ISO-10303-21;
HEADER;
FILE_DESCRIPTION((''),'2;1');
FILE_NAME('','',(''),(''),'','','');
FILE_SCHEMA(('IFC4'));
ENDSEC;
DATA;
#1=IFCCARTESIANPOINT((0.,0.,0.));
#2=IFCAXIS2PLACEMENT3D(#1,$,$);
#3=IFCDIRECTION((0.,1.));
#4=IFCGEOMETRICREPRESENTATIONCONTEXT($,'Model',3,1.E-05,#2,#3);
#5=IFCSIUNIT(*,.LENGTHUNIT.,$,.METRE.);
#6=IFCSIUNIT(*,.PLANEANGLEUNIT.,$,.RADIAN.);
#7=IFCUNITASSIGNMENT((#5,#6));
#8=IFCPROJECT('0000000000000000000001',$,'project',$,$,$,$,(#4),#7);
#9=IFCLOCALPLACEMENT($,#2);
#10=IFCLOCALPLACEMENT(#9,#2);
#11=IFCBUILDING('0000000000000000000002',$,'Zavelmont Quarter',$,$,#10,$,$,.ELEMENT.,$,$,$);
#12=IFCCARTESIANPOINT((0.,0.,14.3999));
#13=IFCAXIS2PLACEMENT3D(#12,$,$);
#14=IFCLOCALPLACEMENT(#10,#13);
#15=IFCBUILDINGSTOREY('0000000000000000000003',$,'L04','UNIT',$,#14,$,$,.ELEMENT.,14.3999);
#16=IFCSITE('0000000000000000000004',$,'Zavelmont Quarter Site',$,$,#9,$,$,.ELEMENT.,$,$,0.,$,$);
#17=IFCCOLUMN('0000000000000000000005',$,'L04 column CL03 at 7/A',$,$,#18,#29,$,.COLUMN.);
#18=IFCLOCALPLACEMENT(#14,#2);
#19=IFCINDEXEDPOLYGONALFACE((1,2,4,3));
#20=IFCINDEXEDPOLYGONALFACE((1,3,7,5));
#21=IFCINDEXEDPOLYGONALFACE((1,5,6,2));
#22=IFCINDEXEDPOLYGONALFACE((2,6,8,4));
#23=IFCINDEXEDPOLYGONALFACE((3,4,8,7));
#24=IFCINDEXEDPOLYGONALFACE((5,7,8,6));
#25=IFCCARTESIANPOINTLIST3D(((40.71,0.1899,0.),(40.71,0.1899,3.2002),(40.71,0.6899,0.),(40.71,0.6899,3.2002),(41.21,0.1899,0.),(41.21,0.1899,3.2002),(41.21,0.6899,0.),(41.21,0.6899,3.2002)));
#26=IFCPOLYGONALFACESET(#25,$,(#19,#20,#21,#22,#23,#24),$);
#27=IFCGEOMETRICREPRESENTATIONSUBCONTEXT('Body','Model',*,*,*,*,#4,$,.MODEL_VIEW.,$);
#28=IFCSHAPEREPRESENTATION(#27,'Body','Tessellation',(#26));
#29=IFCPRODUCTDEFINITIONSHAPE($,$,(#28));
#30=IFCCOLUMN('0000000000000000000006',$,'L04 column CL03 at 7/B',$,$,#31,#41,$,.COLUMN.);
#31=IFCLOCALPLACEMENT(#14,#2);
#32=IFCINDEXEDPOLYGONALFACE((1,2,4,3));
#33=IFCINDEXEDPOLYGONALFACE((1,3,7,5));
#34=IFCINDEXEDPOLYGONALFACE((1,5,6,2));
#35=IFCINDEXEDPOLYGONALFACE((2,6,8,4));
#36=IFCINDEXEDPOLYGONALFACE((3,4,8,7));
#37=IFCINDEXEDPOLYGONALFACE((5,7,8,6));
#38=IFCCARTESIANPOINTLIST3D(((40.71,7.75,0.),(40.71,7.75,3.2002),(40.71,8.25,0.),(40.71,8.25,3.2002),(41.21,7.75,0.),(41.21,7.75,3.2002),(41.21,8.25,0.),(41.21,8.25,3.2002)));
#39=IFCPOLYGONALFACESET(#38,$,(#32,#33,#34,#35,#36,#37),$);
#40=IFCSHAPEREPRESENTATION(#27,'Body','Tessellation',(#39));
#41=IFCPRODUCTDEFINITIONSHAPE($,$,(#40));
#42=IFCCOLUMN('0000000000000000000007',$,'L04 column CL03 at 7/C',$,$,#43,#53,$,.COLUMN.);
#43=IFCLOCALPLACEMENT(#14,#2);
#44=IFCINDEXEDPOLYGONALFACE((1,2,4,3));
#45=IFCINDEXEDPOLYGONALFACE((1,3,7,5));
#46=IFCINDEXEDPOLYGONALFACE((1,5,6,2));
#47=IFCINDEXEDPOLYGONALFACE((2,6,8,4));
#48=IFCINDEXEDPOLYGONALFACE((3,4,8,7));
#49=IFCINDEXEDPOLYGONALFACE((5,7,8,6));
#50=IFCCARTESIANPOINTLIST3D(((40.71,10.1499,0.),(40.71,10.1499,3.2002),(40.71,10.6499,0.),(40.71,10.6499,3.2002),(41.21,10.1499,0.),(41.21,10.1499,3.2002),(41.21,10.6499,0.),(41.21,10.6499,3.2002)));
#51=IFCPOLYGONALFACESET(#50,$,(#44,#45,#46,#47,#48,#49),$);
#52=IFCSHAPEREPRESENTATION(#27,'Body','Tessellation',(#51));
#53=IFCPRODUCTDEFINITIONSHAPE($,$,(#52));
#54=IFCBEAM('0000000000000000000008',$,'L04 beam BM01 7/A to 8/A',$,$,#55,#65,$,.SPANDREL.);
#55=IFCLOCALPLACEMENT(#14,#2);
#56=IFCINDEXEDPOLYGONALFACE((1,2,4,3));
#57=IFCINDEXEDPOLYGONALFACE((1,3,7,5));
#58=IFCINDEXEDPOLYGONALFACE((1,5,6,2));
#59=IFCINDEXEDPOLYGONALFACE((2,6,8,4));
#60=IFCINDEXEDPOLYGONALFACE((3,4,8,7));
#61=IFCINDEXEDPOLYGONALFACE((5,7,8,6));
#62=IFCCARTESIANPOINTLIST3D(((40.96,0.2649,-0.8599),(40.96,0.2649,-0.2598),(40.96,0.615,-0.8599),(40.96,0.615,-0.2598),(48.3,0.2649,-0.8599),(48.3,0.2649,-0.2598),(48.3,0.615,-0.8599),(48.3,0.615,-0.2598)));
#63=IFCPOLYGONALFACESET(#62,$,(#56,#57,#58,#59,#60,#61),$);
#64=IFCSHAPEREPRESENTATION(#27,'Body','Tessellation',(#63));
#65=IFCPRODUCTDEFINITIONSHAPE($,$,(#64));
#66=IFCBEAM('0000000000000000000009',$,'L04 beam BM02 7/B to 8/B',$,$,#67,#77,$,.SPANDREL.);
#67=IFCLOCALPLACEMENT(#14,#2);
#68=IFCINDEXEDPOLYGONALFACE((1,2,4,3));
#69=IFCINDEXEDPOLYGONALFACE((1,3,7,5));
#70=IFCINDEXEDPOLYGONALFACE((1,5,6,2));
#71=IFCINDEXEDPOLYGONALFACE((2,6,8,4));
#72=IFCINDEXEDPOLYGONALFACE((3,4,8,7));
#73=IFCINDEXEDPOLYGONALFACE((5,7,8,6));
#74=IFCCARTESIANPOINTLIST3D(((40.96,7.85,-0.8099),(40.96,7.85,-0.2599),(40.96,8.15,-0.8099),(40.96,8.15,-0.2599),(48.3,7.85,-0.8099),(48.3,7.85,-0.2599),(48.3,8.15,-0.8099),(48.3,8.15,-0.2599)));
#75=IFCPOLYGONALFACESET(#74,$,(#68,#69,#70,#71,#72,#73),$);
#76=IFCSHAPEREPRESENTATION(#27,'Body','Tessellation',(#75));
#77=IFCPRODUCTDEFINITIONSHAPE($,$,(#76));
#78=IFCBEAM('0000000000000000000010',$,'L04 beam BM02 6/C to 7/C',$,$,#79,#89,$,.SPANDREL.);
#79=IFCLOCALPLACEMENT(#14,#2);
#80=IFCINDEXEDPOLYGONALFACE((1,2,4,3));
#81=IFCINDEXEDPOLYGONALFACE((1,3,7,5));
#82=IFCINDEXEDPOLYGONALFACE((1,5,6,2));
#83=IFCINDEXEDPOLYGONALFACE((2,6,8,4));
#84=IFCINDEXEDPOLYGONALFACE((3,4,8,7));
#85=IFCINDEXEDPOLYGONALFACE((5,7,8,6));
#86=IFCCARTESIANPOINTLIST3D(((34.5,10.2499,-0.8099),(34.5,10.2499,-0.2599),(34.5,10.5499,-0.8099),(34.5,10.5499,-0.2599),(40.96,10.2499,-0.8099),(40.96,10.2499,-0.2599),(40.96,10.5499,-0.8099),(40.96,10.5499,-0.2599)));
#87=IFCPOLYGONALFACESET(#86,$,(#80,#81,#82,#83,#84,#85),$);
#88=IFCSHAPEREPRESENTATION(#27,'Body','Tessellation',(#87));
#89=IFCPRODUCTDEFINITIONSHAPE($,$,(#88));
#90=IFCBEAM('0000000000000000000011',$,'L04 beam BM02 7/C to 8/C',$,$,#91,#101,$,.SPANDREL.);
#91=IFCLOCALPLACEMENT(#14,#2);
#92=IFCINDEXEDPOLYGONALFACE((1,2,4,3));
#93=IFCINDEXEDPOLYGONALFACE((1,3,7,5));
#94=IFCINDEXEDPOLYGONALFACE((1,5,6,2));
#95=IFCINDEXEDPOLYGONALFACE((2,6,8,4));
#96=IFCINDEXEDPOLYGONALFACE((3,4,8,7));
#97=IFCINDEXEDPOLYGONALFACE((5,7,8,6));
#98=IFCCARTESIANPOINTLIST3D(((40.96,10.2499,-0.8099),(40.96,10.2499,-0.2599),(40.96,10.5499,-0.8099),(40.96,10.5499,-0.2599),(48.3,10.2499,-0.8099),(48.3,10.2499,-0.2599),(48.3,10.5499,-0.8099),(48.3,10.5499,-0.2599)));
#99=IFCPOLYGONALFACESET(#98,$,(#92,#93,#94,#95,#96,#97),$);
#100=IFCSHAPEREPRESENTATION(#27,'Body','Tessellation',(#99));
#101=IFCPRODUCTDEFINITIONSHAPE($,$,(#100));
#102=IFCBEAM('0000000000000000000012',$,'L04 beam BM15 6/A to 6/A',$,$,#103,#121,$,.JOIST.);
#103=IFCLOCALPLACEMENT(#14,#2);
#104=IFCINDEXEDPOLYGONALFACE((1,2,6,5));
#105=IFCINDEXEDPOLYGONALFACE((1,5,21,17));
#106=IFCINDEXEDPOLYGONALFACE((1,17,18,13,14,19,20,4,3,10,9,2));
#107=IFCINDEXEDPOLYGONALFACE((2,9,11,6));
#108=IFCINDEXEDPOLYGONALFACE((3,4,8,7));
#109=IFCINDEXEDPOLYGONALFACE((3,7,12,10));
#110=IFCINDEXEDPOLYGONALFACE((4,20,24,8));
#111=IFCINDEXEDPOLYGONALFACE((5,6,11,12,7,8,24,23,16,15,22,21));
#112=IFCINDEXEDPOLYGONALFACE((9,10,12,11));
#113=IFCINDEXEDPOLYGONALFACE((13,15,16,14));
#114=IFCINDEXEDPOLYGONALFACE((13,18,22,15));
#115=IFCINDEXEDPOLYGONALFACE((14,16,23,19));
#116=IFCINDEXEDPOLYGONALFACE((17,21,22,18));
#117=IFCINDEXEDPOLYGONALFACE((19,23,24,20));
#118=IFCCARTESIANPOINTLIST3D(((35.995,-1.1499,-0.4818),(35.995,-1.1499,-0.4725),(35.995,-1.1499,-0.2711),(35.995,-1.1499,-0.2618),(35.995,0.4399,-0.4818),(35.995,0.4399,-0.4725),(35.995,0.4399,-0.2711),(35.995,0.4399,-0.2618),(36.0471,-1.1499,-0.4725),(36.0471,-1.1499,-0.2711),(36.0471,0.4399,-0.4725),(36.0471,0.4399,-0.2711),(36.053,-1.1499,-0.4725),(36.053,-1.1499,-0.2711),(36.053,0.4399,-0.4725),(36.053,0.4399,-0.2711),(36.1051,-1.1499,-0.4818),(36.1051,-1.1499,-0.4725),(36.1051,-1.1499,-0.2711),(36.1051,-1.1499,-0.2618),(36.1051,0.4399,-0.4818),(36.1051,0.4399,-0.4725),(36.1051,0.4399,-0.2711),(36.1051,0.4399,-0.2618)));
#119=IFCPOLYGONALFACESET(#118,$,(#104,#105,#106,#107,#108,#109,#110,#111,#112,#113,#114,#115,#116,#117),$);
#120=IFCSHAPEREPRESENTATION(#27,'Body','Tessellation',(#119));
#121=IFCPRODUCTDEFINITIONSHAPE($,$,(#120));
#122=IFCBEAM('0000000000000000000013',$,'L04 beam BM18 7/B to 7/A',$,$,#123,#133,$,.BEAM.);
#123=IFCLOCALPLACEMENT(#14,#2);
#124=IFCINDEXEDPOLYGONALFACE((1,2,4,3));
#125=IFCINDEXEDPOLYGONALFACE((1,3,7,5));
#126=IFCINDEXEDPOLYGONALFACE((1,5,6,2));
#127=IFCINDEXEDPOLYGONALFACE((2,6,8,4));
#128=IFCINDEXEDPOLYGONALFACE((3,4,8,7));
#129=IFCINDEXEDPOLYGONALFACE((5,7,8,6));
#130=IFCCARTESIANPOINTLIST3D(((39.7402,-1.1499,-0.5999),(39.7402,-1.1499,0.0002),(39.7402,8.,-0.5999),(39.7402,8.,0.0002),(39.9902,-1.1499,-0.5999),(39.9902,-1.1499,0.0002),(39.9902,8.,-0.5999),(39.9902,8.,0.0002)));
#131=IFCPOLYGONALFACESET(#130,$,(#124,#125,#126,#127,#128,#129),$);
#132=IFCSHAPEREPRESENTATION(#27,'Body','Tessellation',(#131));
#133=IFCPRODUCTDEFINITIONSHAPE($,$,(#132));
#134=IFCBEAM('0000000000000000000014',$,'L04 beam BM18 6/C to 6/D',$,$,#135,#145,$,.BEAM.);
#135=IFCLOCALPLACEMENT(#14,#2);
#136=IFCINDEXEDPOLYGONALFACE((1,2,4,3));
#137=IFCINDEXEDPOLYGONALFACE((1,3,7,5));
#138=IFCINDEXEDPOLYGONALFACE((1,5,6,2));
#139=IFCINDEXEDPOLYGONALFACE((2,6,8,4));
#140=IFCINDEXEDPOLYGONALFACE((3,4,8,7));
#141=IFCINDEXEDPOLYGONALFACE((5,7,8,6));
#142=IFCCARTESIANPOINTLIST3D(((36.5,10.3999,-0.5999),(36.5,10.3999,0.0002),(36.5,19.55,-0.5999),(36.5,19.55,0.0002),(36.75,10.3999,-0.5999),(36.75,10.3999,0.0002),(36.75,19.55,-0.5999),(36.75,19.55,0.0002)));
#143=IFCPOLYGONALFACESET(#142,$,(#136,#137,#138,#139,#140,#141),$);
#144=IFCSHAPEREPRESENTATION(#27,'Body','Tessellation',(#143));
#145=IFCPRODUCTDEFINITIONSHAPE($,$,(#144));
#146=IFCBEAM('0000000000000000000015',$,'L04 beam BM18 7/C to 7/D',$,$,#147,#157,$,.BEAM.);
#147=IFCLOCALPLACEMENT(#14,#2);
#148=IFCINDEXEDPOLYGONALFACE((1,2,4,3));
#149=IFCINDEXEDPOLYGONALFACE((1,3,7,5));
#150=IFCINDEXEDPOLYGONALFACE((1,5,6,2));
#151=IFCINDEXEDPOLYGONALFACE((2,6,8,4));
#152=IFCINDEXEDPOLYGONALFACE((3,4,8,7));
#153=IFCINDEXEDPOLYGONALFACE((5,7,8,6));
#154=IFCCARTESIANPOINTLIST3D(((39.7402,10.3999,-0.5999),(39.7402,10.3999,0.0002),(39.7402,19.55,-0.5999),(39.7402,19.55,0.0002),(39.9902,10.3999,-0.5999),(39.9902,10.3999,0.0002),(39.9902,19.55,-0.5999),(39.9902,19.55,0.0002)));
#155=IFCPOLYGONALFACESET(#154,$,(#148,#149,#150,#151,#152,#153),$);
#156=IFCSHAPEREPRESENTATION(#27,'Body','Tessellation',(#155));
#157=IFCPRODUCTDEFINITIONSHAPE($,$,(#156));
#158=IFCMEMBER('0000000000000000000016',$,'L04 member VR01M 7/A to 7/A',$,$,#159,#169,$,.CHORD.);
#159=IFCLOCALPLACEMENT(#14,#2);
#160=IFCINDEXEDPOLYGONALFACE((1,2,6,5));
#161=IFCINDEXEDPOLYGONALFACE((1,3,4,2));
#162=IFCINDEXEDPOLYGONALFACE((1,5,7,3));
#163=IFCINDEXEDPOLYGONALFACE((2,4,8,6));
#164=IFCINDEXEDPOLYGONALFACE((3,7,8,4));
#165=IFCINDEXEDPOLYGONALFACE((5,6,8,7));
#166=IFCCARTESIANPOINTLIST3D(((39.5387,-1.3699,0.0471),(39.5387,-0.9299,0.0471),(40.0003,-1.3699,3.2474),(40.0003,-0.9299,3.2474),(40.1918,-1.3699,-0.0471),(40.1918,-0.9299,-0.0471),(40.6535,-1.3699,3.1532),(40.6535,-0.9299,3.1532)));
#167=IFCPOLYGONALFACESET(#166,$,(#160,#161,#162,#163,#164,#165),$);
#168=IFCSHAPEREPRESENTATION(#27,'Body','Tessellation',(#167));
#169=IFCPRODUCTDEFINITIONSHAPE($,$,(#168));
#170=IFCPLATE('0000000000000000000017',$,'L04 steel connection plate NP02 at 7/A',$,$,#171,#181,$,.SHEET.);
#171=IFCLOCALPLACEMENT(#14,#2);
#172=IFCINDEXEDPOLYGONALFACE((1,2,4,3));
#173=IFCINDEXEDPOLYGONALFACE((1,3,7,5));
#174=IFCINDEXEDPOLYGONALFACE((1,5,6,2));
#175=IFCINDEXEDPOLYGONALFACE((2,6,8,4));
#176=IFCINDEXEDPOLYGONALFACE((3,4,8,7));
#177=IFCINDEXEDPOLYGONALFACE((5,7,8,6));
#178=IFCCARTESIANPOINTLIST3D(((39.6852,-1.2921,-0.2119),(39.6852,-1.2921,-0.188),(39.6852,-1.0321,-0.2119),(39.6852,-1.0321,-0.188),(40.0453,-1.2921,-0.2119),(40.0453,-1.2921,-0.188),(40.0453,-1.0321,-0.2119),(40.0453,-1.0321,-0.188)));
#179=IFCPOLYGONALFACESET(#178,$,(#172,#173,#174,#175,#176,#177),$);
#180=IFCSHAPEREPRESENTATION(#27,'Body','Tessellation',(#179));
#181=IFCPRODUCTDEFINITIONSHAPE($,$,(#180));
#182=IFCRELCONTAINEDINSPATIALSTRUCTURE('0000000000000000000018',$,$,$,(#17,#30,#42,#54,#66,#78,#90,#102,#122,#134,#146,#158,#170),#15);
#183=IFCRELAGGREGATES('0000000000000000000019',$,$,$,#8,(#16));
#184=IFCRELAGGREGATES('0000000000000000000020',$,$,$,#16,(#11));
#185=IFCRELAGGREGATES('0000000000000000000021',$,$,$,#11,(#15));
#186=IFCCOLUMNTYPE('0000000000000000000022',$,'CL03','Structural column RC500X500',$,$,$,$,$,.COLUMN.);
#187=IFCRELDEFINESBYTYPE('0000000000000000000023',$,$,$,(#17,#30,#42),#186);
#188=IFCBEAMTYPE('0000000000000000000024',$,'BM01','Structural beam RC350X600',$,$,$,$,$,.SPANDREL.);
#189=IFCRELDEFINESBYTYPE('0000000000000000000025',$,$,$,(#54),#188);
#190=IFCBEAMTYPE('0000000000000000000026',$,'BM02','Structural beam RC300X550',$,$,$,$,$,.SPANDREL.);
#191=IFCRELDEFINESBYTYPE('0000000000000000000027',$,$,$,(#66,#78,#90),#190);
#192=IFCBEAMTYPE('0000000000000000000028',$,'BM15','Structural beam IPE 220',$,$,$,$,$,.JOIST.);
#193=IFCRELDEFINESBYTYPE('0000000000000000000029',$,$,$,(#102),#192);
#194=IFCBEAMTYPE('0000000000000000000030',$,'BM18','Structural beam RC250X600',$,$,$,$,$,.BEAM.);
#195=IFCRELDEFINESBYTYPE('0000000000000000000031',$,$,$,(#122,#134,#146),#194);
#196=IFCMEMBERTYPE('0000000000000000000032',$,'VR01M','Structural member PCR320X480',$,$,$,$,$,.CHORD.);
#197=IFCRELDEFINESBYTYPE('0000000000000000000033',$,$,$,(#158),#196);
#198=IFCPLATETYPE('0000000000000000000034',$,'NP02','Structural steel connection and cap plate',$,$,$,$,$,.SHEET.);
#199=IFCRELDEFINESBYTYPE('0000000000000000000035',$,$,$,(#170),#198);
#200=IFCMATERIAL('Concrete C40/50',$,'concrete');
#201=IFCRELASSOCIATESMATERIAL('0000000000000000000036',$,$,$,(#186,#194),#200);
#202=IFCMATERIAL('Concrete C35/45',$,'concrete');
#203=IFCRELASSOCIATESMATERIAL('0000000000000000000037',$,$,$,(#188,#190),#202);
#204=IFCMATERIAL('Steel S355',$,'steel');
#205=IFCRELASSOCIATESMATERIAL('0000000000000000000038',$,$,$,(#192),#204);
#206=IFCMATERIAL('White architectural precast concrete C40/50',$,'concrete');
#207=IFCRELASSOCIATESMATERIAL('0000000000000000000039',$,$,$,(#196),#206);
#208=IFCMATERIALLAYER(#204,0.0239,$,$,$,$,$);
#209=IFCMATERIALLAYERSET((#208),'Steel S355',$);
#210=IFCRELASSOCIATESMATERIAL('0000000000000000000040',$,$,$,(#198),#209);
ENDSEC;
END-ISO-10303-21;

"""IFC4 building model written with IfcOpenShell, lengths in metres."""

from ifc_helpers import new_model, si_unit, direction, frame, origin, origin_2d, place, context, subcontext, project, spatial, rectangle, i_section, extrude, material, layer, layer_set, material_profile, profile_set, type_object, element, save


model = new_model("IFC4")

# Units and contexts
model_context = context("Model", 3, precision=1e-05, world=origin(), true_north=direction((0.0, 1.0)))
body_context = subcontext(model_context, "Body", "Model", "MODEL_VIEW")
ifc_project = project(units=[si_unit("LENGTHUNIT", "METRE"), si_unit("PLANEANGLEUNIT", "RADIAN")], contexts=[model_context])

# Site, building, storey
site_placement = place(None, origin())
site = spatial("IfcSite", under=ifc_project, at=site_placement, Name="Zavelmont Quarter Site", CompositionType="ELEMENT", RefElevation=0.0)
building_placement = place(site_placement, origin())
building = spatial("IfcBuilding", under=site, at=building_placement, Name="Zavelmont Quarter", CompositionType="ELEMENT")
storey_placement = place(building_placement, frame((0.0, 0.0, 14.3999)))
storey = spatial("IfcBuildingStorey", under=building, at=storey_placement, Name="L04", Description="UNIT", CompositionType="ELEMENT", Elevation=14.3999)

# Columns
ifc_material_1 = material(Name="Concrete C40/50", Category="concrete")
ifc_material_profile_1 = material_profile(ifc_material_1, rectangle(XDim=0.5, YDim=0.5, at=origin_2d()), Name="RC500X500")
ifc_profile_set_1 = profile_set([ifc_material_profile_1], Name="Concrete C40/50")
column_type = type_object("IfcColumnType", Name="CL03", Description="Structural column RC500X500", PredefinedType="COLUMN", material=ifc_profile_set_1)
for number, where, z_axis, x_axis, name in (
    (1, (40.96, 0.4399, 0.0), (0.0, 0.0, 1.0), (1.0, 0.0, 0.0), "L04 column CL03 at 7/A"),
    (2, (40.96, 8.0, 0.0), (0.0, 0.0, 1.0), (1.0, 0.0, 0.0), "L04 column CL03 at 7/B"),
    (3, (40.96, 10.3999, 0.0), (0.0, 0.0, 1.0), (1.0, 0.0, 0.0), "L04 column CL03 at 7/C"),
):
    element("IfcColumn", number, at=place(storey_placement, frame(where, z_axis=z_axis, x_axis=x_axis)), inside=storey, type_object=column_type, Name=name, PredefinedType="COLUMN", context=body_context, shape_type="SweptSolid", body=[
        extrude(rectangle(XDim=0.5, YDim=0.5, at=origin_2d()), origin(), (0.0, 0.0, 1.0), 3.2002),
    ])

# Beams
ifc_material_2 = material(Name="Concrete C35/45", Category="concrete")
ifc_material_profile_2 = material_profile(ifc_material_2, rectangle(XDim=0.3501, YDim=0.6001, at=origin_2d()), Name="RC350X600")
ifc_profile_set_2 = profile_set([ifc_material_profile_2], Name="Concrete C35/45")
beam_type_1 = type_object("IfcBeamType", Name="BM01", Description="Structural beam RC350X600", PredefinedType="SPANDREL", material=ifc_profile_set_2)
beam_1_placement = place(storey_placement, frame((40.96, 0.4399, -0.5598), z_axis=(1.0, 0.0, 0.0), x_axis=(0.0, 1.0, 0.0)))
element("IfcBeam", 4, at=beam_1_placement, inside=storey, type_object=beam_type_1, Name="L04 beam BM01 7/A to 8/A", PredefinedType="SPANDREL", context=body_context, shape_type="SweptSolid", body=[
    extrude(rectangle(XDim=0.3501, YDim=0.6001, at=origin_2d()), origin(), (0.0, 0.0, 1.0), 7.3401),
])
ifc_material_profile_3 = material_profile(ifc_material_2, rectangle(XDim=0.3, YDim=0.55, at=origin_2d()), Name="RC300X550")
ifc_profile_set_3 = profile_set([ifc_material_profile_3], Name="Concrete C35/45")
beam_type_2 = type_object("IfcBeamType", Name="BM02", Description="Structural beam RC300X550", PredefinedType="SPANDREL", material=ifc_profile_set_3)
beam_2_placement = place(storey_placement, frame((40.96, 8.0, -0.5349), z_axis=(1.0, 0.0, 0.0), x_axis=(0.0, 1.0, 0.0)))
element("IfcBeam", 5, at=beam_2_placement, inside=storey, type_object=beam_type_2, Name="L04 beam BM02 7/B to 8/B", PredefinedType="SPANDREL", context=body_context, shape_type="SweptSolid", body=[
    extrude(rectangle(XDim=0.3, YDim=0.55, at=origin_2d()), origin(), (0.0, 0.0, 1.0), 7.3401),
])
beam_3_placement = place(storey_placement, frame((34.5, 10.3999, -0.5349), z_axis=(1.0, 0.0, 0.0), x_axis=(0.0, 1.0, 0.0)))
element("IfcBeam", 6, at=beam_3_placement, inside=storey, type_object=beam_type_2, Name="L04 beam BM02 6/C to 7/C", PredefinedType="SPANDREL", context=body_context, shape_type="SweptSolid", body=[
    extrude(rectangle(XDim=0.3, YDim=0.55, at=origin_2d()), origin(), (0.0, 0.0, 1.0), 6.46),
])
beam_4_placement = place(storey_placement, frame((40.96, 10.3999, -0.5349), z_axis=(1.0, 0.0, 0.0), x_axis=(0.0, 1.0, 0.0)))
element("IfcBeam", 7, at=beam_4_placement, inside=storey, type_object=beam_type_2, Name="L04 beam BM02 7/C to 8/C", PredefinedType="SPANDREL", context=body_context, shape_type="SweptSolid", body=[
    extrude(rectangle(XDim=0.3, YDim=0.55, at=origin_2d()), origin(), (0.0, 0.0, 1.0), 7.3401),
])
ifc_material_3 = material(Name="Steel S355", Category="steel")
ifc_material_profile_4 = material_profile(ifc_material_3, i_section(OverallWidth=0.1101, OverallDepth=0.22, WebThickness=0.0059, FlangeThickness=0.0093, at=origin_2d()), Name="IPE 220")
ifc_profile_set_4 = profile_set([ifc_material_profile_4], Name="Steel S355")
beam_type_3 = type_object("IfcBeamType", Name="BM15", Description="Structural beam IPE 220", PredefinedType="JOIST", material=ifc_profile_set_4)
beam_5_placement = place(storey_placement, frame((36.05, 0.4399, -0.3718), z_axis=(0.0, -1.0, 0.0), x_axis=(1.0, 0.0, 0.0)))
element("IfcBeam", 8, at=beam_5_placement, inside=storey, type_object=beam_type_3, Name="L04 beam BM15 6/A to 6/A", PredefinedType="JOIST", context=body_context, shape_type="SweptSolid", body=[
    extrude(i_section(OverallWidth=0.1101, OverallDepth=0.22, WebThickness=0.0059, FlangeThickness=0.0093, at=origin_2d()), origin(), (0.0, 0.0, 1.0), 1.5898),
])
ifc_material_profile_5 = material_profile(ifc_material_1, rectangle(XDim=0.25, YDim=0.6001, at=origin_2d()), Name="RC250X600")
ifc_profile_set_5 = profile_set([ifc_material_profile_5], Name="Concrete C40/50")
beam_type_4 = type_object("IfcBeamType", Name="BM18", Description="Structural beam RC250X600", PredefinedType="BEAM", material=ifc_profile_set_5)
beam_6_placement = place(storey_placement, frame((39.8652, 8.0, -0.2998), z_axis=(0.0, -1.0, 0.0), x_axis=(1.0, 0.0, 0.0)))
element("IfcBeam", 9, at=beam_6_placement, inside=storey, type_object=beam_type_4, Name="L04 beam BM18 7/B to 7/A", PredefinedType="BEAM", context=body_context, shape_type="SweptSolid", body=[
    extrude(rectangle(XDim=0.25, YDim=0.6001, at=origin_2d()), origin(), (0.0, 0.0, 1.0), 9.1499),
])
for number, where, z_axis, x_axis, name in (
    (10, (36.625, 10.3999, -0.2998), (0.0, 1.0, 0.0), (-1.0, 0.0, 0.0), "L04 beam BM18 6/C to 6/D"),
    (11, (39.8652, 10.3999, -0.2998), (0.0, 1.0, 0.0), (-1.0, 0.0, 0.0), "L04 beam BM18 7/C to 7/D"),
):
    element("IfcBeam", number, at=place(storey_placement, frame(where, z_axis=z_axis, x_axis=x_axis)), inside=storey, type_object=beam_type_4, Name=name, PredefinedType="BEAM", context=body_context, shape_type="SweptSolid", body=[
        extrude(rectangle(XDim=0.25, YDim=0.6001, at=origin_2d()), origin(), (0.0, 0.0, 1.0), 9.1501),
    ])

# Member
ifc_material_4 = material(Name="White architectural precast concrete C40/50", Category="concrete")
ifc_material_profile_6 = material_profile(ifc_material_4, rectangle(XDim=0.4399, YDim=0.6599, at=origin_2d()), Name="PCR320X480")
ifc_profile_set_6 = profile_set([ifc_material_profile_6], Name="White architectural precast concrete C40/50")
member_type = type_object("IfcMemberType", Name="VR01M", Description="Structural member PCR320X480", PredefinedType="CHORD", material=ifc_profile_set_6)
member_placement = place(storey_placement, frame((39.8652, -1.1499, 0.0), z_axis=(0.142785, 0.0, 0.989754), x_axis=(0.0, 1.0, 0.0)))
element("IfcMember", 12, at=member_placement, inside=storey, type_object=member_type, Name="L04 member VR01M 7/A to 7/A", PredefinedType="CHORD", context=body_context, shape_type="SweptSolid", body=[
    extrude(rectangle(XDim=0.4399, YDim=0.6599, at=origin_2d()), origin(), (0.0, 0.0, 1.0), 3.2334),
])

# Plate
ifc_layer_1 = layer(ifc_material_3, 0.0239)
ifc_layer_set_1 = layer_set([ifc_layer_1], Name="Steel S355")
plate_type = type_object("IfcPlateType", Name="NP02", Description="Structural steel connection and cap plate", PredefinedType="SHEET", material=ifc_layer_set_1)
plate_placement = place(storey_placement, frame((39.8652, -1.1621, -0.2119), z_axis=(0.0, 0.0, 1.0), x_axis=(1.0, 0.0, 0.0)))
element("IfcPlate", 13, at=plate_placement, inside=storey, type_object=plate_type, Name="L04 steel connection plate NP02 at 7/A", PredefinedType="SHEET", context=body_context, shape_type="SweptSolid", body=[
    extrude(rectangle(XDim=0.3601, YDim=0.26, at=origin_2d()), origin(), (0.0, 0.0, 1.0), 0.0239),
])

save(model, "model.ifc")
